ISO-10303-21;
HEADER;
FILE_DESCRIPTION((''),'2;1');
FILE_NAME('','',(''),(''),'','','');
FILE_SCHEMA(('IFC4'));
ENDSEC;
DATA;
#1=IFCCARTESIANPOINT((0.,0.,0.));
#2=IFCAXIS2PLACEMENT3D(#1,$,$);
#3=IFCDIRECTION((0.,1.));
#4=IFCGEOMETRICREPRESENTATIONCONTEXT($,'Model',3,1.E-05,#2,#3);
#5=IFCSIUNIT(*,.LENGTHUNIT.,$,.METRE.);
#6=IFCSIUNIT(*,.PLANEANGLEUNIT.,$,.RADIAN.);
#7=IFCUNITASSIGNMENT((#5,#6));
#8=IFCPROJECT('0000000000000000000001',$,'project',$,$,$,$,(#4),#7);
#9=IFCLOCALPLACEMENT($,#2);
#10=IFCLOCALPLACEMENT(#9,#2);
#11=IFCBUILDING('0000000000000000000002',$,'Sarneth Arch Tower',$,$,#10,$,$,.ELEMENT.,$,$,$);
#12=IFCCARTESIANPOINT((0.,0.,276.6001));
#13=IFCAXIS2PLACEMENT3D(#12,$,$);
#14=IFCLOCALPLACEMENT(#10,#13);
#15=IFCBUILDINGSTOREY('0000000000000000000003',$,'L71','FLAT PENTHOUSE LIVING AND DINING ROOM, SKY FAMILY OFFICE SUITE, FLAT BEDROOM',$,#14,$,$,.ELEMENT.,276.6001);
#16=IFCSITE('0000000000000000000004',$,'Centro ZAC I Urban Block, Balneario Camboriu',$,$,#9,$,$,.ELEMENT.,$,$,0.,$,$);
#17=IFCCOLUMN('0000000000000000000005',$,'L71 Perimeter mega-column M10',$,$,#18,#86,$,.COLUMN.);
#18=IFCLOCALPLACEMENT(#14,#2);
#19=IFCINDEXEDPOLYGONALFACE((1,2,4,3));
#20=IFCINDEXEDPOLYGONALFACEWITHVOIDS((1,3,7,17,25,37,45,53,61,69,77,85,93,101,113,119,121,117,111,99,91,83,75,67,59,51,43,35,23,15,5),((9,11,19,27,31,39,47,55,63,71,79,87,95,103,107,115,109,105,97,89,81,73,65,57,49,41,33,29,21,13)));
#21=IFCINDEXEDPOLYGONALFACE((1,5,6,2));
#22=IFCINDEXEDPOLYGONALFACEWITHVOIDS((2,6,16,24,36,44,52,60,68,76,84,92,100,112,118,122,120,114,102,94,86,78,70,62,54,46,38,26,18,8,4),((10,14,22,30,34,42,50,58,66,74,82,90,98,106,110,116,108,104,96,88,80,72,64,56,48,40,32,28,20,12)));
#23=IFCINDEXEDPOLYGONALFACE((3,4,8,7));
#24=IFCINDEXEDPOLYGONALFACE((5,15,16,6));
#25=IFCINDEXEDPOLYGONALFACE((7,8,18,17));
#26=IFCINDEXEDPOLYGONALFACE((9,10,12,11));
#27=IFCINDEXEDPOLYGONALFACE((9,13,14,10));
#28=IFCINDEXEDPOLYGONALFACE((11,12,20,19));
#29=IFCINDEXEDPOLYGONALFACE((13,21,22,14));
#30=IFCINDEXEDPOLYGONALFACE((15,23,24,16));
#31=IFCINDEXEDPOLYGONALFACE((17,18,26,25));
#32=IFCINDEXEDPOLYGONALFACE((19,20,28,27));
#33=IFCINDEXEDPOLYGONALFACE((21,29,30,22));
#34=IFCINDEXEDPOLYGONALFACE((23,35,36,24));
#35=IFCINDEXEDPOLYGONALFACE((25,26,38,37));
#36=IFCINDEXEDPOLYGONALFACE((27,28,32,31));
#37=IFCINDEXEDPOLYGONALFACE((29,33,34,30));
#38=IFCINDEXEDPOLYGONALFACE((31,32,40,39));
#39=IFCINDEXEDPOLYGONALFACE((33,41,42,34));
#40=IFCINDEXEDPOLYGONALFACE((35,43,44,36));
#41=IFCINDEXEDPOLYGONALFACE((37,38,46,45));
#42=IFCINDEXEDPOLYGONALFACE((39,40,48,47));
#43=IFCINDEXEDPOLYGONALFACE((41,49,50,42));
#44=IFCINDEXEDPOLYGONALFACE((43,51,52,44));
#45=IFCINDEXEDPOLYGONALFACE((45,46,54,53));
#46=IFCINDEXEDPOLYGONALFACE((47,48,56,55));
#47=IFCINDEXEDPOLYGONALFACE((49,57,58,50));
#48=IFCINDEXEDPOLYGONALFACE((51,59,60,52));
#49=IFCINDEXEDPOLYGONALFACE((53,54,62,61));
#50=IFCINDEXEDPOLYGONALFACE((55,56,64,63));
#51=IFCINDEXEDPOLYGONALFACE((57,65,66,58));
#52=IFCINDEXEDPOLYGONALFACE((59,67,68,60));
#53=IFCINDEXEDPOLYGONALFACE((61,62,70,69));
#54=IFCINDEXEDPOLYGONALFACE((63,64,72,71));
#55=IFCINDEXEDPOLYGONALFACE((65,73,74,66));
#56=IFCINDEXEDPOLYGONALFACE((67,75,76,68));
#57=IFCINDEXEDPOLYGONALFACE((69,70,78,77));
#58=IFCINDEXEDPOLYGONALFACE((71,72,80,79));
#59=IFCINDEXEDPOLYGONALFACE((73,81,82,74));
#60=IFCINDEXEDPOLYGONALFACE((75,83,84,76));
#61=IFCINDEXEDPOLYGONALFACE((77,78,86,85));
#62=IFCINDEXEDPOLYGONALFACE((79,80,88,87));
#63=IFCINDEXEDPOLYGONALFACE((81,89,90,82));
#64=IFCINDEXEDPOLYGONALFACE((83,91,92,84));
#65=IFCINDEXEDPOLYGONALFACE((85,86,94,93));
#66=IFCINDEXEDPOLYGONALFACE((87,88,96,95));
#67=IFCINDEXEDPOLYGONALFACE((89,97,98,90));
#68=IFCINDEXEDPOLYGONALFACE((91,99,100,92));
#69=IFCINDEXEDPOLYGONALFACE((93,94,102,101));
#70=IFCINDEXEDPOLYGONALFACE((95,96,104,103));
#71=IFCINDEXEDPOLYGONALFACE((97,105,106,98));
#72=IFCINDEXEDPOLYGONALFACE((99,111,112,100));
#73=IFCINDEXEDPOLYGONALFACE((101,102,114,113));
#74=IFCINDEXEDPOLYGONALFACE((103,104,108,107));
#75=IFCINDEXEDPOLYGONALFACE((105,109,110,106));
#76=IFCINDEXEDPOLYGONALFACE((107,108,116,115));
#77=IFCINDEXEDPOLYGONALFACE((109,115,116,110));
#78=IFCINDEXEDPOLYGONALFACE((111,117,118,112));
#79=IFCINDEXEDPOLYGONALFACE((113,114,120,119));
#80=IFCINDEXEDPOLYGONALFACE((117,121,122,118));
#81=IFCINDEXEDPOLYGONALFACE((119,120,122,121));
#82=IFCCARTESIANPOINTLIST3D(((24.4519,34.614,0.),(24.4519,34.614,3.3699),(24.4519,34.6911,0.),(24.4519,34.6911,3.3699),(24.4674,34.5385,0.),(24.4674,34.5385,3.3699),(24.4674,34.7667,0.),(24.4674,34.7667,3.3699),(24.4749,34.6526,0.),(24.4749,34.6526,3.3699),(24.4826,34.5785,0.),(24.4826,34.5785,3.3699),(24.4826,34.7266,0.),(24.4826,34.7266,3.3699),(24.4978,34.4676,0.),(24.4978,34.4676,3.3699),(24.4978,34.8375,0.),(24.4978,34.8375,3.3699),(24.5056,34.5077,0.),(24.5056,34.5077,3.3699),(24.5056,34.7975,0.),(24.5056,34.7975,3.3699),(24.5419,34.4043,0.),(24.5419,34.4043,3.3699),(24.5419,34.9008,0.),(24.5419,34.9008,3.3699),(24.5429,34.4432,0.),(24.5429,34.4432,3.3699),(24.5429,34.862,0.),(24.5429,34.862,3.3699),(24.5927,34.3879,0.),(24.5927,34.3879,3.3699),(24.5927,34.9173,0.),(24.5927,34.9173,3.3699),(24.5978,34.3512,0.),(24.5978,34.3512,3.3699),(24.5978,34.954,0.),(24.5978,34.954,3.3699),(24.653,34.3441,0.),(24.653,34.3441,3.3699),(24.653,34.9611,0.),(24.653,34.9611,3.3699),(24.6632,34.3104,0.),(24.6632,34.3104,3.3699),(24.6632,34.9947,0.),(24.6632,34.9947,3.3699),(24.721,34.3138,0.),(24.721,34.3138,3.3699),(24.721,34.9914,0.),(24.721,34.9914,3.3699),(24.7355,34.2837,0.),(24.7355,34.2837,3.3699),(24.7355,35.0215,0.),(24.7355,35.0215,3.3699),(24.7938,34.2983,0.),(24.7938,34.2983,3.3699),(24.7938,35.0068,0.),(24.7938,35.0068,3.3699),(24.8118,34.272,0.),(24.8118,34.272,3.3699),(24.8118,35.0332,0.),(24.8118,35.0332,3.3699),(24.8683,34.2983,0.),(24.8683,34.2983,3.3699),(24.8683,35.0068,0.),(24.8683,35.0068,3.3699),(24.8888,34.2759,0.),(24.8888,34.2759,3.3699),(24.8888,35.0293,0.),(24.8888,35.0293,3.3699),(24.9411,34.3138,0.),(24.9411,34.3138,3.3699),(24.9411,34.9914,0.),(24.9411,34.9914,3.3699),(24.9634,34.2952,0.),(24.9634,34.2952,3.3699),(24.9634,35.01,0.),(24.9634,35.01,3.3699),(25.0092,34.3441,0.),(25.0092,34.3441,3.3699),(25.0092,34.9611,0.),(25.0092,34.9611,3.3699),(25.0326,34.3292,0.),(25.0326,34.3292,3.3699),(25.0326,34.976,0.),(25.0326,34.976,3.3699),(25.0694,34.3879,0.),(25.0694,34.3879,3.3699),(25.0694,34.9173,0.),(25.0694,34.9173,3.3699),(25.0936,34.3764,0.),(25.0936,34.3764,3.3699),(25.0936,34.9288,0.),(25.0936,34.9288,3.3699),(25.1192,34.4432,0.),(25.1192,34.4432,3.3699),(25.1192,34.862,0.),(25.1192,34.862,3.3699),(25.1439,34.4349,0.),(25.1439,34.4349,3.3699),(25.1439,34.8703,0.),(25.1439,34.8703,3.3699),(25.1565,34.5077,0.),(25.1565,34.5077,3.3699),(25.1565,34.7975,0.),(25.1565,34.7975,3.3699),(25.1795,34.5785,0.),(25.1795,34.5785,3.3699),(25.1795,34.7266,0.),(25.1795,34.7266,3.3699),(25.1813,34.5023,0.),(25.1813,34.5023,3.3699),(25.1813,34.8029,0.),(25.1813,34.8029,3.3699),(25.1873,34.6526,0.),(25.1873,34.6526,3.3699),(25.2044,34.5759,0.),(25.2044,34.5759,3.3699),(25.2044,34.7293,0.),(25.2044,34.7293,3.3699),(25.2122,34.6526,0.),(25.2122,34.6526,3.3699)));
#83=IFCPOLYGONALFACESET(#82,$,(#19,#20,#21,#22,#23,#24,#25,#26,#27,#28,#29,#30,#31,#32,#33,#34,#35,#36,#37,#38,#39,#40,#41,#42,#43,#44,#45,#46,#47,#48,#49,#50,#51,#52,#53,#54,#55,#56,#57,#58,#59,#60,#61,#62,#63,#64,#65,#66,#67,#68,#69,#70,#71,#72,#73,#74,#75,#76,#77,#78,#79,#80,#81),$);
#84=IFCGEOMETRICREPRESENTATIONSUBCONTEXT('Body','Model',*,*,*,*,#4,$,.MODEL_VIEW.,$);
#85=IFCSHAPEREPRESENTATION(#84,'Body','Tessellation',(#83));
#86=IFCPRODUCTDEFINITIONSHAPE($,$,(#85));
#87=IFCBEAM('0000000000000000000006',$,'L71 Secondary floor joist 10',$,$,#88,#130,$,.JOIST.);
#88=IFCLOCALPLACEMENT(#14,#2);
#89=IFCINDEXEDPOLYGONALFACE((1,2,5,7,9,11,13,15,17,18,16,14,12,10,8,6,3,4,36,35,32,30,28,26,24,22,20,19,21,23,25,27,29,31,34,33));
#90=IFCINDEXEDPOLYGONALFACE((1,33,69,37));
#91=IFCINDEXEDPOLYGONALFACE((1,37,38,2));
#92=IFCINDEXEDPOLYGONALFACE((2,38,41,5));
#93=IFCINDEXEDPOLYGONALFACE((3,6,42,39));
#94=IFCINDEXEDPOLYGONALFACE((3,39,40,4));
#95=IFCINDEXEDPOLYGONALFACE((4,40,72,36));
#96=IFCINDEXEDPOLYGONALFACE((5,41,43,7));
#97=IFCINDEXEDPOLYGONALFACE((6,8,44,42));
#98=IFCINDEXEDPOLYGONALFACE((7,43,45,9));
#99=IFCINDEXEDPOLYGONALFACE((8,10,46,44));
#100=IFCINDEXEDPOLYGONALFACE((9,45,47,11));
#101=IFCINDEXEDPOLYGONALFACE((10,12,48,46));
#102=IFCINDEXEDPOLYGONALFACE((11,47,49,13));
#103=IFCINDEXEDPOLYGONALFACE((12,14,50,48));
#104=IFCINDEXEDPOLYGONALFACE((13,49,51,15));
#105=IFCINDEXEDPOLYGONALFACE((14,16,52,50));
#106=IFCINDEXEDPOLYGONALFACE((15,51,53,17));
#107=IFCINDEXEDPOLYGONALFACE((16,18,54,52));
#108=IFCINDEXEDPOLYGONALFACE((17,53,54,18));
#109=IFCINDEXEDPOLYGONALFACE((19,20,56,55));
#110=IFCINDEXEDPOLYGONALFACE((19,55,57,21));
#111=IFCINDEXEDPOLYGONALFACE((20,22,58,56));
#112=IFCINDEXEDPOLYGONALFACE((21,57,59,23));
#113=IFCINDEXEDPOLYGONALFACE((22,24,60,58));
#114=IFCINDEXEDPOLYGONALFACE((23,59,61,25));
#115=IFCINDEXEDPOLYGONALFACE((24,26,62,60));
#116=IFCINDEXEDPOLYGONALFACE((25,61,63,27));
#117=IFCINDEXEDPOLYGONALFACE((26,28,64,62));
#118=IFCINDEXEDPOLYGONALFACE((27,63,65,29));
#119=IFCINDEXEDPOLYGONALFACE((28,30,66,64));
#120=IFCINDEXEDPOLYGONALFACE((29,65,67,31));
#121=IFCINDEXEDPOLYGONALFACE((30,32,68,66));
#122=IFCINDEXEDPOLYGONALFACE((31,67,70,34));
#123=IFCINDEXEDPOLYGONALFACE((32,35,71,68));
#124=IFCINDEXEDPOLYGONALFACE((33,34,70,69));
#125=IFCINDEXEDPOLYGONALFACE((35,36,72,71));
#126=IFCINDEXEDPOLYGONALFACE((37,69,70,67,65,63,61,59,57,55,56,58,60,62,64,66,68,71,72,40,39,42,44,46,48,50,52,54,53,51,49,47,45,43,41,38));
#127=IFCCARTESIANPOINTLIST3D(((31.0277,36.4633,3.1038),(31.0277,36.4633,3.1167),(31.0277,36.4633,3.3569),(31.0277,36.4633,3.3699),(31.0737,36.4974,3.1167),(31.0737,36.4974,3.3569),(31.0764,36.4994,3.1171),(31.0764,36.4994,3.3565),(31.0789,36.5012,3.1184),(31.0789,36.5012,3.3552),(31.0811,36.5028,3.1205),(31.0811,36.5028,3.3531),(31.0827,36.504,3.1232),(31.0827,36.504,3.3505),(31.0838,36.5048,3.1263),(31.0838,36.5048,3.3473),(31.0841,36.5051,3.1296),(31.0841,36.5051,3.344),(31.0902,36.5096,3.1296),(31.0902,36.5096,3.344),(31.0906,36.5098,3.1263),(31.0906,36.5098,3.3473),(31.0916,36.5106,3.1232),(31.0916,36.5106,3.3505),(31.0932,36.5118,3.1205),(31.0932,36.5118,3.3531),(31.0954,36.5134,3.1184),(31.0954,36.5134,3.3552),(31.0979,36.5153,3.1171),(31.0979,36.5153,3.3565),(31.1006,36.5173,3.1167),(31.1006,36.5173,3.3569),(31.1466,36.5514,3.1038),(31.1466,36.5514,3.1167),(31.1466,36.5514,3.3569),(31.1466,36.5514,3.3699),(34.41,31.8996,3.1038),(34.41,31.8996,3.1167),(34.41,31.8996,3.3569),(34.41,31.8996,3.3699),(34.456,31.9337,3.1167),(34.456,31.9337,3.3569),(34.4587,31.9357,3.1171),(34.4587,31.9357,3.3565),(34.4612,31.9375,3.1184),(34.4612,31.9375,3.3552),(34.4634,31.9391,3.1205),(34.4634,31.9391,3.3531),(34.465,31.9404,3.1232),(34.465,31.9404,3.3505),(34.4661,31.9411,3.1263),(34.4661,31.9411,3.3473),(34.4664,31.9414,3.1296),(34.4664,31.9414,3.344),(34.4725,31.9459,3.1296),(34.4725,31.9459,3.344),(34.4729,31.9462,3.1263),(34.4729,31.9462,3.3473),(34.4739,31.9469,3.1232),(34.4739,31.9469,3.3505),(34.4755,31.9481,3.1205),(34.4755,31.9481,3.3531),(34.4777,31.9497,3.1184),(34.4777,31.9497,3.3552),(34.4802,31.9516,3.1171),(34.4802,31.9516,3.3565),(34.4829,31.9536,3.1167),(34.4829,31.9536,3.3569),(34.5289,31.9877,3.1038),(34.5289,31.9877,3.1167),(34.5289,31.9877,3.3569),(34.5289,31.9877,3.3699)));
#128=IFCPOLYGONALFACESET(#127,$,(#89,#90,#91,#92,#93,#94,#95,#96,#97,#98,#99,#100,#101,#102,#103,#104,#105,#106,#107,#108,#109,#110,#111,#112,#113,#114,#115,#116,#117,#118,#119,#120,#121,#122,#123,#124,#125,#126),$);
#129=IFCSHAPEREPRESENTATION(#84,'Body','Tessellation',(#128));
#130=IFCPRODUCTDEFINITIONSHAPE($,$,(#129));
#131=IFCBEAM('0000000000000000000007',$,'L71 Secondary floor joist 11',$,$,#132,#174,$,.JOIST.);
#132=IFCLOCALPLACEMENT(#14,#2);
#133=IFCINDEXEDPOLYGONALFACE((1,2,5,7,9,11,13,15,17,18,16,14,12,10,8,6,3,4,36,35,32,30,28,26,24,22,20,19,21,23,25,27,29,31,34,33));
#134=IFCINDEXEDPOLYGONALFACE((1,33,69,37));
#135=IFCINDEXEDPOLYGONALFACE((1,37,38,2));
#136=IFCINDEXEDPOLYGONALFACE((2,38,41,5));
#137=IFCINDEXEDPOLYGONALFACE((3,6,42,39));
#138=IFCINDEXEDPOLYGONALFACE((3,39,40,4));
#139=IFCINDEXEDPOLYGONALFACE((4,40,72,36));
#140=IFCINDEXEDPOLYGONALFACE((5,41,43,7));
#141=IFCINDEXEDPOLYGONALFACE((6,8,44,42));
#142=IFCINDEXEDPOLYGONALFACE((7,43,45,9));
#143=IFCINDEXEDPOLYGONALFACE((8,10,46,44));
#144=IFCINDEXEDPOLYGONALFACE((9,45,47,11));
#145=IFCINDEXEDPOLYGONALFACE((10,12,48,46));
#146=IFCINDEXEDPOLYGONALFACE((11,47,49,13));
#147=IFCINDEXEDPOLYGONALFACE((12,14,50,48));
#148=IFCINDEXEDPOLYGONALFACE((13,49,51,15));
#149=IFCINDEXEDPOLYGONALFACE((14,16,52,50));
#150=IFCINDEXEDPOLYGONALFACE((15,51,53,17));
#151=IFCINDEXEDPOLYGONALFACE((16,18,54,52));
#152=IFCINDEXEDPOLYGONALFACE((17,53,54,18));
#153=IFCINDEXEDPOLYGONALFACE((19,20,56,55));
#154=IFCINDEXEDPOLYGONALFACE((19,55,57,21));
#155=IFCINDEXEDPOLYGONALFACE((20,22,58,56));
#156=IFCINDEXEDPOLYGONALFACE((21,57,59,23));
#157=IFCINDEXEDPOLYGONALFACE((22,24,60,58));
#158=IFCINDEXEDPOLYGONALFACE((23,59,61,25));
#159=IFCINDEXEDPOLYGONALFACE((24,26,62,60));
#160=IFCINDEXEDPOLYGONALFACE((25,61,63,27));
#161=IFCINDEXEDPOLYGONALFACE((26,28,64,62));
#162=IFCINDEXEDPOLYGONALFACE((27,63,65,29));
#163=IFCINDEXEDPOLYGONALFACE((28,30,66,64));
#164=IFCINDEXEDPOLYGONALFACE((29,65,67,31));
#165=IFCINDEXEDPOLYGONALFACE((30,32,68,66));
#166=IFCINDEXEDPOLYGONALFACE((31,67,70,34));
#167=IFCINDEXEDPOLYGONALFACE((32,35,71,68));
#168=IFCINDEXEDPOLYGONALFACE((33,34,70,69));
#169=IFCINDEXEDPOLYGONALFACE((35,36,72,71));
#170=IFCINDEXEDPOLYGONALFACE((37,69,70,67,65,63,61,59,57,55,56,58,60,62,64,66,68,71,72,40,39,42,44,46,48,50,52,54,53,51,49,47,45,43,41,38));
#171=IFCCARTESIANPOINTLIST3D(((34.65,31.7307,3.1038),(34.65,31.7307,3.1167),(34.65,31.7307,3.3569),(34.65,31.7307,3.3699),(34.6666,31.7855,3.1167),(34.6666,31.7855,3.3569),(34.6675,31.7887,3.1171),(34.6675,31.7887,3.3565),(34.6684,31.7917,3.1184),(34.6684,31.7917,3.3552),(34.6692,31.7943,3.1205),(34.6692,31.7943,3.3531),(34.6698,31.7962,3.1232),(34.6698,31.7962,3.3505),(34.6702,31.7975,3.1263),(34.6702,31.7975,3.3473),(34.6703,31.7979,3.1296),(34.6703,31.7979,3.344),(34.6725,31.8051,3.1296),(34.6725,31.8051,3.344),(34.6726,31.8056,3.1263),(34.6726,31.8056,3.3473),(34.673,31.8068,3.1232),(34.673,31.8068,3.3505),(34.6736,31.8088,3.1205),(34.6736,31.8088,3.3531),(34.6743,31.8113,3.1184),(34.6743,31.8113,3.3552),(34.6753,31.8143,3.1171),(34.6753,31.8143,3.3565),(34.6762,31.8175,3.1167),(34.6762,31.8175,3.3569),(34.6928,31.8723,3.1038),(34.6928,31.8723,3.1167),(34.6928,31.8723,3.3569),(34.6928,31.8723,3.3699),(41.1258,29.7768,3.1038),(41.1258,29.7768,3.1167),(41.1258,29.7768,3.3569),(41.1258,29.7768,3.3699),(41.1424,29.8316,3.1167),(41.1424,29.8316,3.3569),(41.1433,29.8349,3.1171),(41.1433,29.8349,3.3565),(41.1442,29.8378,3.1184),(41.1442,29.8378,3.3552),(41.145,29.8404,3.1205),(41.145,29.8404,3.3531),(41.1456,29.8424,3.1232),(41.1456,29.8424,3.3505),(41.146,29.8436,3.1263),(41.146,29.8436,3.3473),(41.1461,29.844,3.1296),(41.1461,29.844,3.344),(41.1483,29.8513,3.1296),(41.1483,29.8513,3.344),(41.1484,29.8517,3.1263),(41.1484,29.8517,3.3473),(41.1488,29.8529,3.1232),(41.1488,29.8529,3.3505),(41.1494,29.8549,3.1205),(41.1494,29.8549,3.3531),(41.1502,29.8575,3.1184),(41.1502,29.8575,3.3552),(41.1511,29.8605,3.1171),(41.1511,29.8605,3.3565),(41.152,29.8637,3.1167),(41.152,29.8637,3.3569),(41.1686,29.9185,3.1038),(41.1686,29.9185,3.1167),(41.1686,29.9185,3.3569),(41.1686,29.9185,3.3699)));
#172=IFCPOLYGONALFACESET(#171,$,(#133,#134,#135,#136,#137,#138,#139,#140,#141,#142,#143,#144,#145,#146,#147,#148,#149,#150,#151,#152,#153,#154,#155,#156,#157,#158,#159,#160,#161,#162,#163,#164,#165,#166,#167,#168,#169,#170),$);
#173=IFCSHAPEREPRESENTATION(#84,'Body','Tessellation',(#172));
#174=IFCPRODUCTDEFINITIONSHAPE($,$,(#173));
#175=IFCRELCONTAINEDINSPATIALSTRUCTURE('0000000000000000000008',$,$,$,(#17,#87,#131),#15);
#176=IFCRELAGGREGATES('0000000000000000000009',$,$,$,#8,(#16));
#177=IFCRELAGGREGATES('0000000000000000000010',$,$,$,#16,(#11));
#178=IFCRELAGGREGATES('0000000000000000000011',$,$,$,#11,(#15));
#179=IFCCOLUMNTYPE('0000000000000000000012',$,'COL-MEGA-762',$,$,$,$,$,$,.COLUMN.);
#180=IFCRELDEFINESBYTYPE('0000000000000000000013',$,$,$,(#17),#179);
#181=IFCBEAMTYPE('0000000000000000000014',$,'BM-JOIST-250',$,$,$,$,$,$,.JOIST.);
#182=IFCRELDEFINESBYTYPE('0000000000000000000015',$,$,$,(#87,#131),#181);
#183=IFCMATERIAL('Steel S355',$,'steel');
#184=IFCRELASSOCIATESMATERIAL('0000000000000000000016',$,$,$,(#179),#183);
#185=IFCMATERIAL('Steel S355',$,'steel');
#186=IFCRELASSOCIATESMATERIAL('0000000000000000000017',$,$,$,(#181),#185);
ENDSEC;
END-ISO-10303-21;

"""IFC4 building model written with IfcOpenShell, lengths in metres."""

from ifc_helpers import new_model, si_unit, direction, frame, origin, origin_2d, place, context, subcontext, project, spatial, hollow_circle, i_section, extrude, material, material_profile, profile_set, type_object, element, save


model = new_model("IFC4")

# Units and contexts
model_context = context("Model", 3, precision=1e-05, world=origin(), true_north=direction((0.0, 1.0)))
body_context = subcontext(model_context, "Body", "Model", "MODEL_VIEW")
ifc_project = project(units=[si_unit("LENGTHUNIT", "METRE"), si_unit("PLANEANGLEUNIT", "RADIAN")], contexts=[model_context])

# Site, building, storey
site_placement = place(None, origin())
site = spatial("IfcSite", under=ifc_project, at=site_placement, Name="Centro ZAC I Urban Block, Balneario Camboriu", CompositionType="ELEMENT", RefElevation=0.0)
building_placement = place(site_placement, origin())
building = spatial("IfcBuilding", under=site, at=building_placement, Name="Sarneth Arch Tower", CompositionType="ELEMENT")
storey_placement = place(building_placement, frame((0.0, 0.0, 276.6001)))
storey = spatial("IfcBuildingStorey", under=building, at=storey_placement, Name="L71", Description="FLAT PENTHOUSE LIVING AND DINING ROOM, SKY FAMILY OFFICE SUITE, FLAT BEDROOM", CompositionType="ELEMENT", Elevation=276.6001)

# Column
ifc_material_1 = material(Name="Steel S355", Category="steel")
ifc_material_profile_1 = material_profile(ifc_material_1, hollow_circle(Radius=0.3811, WallThickness=0.0249, at=origin_2d()), Name="CHS762x25")
ifc_profile_set_1 = profile_set([ifc_material_profile_1], Name="Steel S355")
column_type = type_object("IfcColumnType", Name="COL-MEGA-762", PredefinedType="COLUMN", material=ifc_profile_set_1)
column_placement = place(storey_placement, frame((24.8311, 34.6526, 0.0), z_axis=(0.0, 0.0, 1.0), x_axis=(1.0, 0.0, 0.0)))
element("IfcColumn", 1, at=column_placement, inside=storey, type_object=column_type, Name="L71 Perimeter mega-column M10", PredefinedType="COLUMN", context=body_context, shape_type="SweptSolid", body=[
    extrude(hollow_circle(Radius=0.3811, WallThickness=0.0249, at=origin_2d()), origin(), (0.0, 0.0, 1.0), 3.3699),
])

# Beams
ifc_material_2 = material(Name="Steel S355", Category="steel")
ifc_material_profile_2 = material_profile(ifc_material_2, i_section(OverallWidth=0.1479, OverallDepth=0.2661, WebThickness=0.0076, FlangeThickness=0.0129, FilletRadius=0.0129, at=origin_2d()), Name="W250x44.8")
ifc_profile_set_2 = profile_set([ifc_material_profile_2], Name="Steel S355")
beam_type_1 = type_object("IfcBeamType", Name="BM-JOIST-250", PredefinedType="JOIST", material=ifc_profile_set_2)
beam_1_placement = place(storey_placement, frame((31.0872, 36.5073, 3.2368), z_axis=(0.595431, -0.803406, 0.0), x_axis=(0.803406, 0.595431, 0.0)))
element("IfcBeam", 2, at=beam_1_placement, inside=storey, type_object=beam_type_1, Name="L71 Secondary floor joist 10", PredefinedType="JOIST", context=body_context, shape_type="SweptSolid", body=[
    extrude(i_section(OverallWidth=0.1479, OverallDepth=0.2661, WebThickness=0.0076, FlangeThickness=0.0129, FilletRadius=0.0129, at=origin_2d()), origin(), (0.0, 0.0, 1.0), 5.6804),
])
beam_2_placement = place(storey_placement, frame((34.6714, 31.8015, 3.2368), z_axis=(0.957373, -0.288854, 0.0), x_axis=(0.288854, 0.957373, 0.0)))
element("IfcBeam", 3, at=beam_2_placement, inside=storey, type_object=beam_type_1, Name="L71 Secondary floor joist 11", PredefinedType="JOIST", context=body_context, shape_type="SweptSolid", body=[
    extrude(i_section(OverallWidth=0.1479, OverallDepth=0.2661, WebThickness=0.0076, FlangeThickness=0.0129, FilletRadius=0.0129, at=origin_2d()), origin(), (0.0, 0.0, 1.0), 6.7642),
])

save(model, "model.ifc")
